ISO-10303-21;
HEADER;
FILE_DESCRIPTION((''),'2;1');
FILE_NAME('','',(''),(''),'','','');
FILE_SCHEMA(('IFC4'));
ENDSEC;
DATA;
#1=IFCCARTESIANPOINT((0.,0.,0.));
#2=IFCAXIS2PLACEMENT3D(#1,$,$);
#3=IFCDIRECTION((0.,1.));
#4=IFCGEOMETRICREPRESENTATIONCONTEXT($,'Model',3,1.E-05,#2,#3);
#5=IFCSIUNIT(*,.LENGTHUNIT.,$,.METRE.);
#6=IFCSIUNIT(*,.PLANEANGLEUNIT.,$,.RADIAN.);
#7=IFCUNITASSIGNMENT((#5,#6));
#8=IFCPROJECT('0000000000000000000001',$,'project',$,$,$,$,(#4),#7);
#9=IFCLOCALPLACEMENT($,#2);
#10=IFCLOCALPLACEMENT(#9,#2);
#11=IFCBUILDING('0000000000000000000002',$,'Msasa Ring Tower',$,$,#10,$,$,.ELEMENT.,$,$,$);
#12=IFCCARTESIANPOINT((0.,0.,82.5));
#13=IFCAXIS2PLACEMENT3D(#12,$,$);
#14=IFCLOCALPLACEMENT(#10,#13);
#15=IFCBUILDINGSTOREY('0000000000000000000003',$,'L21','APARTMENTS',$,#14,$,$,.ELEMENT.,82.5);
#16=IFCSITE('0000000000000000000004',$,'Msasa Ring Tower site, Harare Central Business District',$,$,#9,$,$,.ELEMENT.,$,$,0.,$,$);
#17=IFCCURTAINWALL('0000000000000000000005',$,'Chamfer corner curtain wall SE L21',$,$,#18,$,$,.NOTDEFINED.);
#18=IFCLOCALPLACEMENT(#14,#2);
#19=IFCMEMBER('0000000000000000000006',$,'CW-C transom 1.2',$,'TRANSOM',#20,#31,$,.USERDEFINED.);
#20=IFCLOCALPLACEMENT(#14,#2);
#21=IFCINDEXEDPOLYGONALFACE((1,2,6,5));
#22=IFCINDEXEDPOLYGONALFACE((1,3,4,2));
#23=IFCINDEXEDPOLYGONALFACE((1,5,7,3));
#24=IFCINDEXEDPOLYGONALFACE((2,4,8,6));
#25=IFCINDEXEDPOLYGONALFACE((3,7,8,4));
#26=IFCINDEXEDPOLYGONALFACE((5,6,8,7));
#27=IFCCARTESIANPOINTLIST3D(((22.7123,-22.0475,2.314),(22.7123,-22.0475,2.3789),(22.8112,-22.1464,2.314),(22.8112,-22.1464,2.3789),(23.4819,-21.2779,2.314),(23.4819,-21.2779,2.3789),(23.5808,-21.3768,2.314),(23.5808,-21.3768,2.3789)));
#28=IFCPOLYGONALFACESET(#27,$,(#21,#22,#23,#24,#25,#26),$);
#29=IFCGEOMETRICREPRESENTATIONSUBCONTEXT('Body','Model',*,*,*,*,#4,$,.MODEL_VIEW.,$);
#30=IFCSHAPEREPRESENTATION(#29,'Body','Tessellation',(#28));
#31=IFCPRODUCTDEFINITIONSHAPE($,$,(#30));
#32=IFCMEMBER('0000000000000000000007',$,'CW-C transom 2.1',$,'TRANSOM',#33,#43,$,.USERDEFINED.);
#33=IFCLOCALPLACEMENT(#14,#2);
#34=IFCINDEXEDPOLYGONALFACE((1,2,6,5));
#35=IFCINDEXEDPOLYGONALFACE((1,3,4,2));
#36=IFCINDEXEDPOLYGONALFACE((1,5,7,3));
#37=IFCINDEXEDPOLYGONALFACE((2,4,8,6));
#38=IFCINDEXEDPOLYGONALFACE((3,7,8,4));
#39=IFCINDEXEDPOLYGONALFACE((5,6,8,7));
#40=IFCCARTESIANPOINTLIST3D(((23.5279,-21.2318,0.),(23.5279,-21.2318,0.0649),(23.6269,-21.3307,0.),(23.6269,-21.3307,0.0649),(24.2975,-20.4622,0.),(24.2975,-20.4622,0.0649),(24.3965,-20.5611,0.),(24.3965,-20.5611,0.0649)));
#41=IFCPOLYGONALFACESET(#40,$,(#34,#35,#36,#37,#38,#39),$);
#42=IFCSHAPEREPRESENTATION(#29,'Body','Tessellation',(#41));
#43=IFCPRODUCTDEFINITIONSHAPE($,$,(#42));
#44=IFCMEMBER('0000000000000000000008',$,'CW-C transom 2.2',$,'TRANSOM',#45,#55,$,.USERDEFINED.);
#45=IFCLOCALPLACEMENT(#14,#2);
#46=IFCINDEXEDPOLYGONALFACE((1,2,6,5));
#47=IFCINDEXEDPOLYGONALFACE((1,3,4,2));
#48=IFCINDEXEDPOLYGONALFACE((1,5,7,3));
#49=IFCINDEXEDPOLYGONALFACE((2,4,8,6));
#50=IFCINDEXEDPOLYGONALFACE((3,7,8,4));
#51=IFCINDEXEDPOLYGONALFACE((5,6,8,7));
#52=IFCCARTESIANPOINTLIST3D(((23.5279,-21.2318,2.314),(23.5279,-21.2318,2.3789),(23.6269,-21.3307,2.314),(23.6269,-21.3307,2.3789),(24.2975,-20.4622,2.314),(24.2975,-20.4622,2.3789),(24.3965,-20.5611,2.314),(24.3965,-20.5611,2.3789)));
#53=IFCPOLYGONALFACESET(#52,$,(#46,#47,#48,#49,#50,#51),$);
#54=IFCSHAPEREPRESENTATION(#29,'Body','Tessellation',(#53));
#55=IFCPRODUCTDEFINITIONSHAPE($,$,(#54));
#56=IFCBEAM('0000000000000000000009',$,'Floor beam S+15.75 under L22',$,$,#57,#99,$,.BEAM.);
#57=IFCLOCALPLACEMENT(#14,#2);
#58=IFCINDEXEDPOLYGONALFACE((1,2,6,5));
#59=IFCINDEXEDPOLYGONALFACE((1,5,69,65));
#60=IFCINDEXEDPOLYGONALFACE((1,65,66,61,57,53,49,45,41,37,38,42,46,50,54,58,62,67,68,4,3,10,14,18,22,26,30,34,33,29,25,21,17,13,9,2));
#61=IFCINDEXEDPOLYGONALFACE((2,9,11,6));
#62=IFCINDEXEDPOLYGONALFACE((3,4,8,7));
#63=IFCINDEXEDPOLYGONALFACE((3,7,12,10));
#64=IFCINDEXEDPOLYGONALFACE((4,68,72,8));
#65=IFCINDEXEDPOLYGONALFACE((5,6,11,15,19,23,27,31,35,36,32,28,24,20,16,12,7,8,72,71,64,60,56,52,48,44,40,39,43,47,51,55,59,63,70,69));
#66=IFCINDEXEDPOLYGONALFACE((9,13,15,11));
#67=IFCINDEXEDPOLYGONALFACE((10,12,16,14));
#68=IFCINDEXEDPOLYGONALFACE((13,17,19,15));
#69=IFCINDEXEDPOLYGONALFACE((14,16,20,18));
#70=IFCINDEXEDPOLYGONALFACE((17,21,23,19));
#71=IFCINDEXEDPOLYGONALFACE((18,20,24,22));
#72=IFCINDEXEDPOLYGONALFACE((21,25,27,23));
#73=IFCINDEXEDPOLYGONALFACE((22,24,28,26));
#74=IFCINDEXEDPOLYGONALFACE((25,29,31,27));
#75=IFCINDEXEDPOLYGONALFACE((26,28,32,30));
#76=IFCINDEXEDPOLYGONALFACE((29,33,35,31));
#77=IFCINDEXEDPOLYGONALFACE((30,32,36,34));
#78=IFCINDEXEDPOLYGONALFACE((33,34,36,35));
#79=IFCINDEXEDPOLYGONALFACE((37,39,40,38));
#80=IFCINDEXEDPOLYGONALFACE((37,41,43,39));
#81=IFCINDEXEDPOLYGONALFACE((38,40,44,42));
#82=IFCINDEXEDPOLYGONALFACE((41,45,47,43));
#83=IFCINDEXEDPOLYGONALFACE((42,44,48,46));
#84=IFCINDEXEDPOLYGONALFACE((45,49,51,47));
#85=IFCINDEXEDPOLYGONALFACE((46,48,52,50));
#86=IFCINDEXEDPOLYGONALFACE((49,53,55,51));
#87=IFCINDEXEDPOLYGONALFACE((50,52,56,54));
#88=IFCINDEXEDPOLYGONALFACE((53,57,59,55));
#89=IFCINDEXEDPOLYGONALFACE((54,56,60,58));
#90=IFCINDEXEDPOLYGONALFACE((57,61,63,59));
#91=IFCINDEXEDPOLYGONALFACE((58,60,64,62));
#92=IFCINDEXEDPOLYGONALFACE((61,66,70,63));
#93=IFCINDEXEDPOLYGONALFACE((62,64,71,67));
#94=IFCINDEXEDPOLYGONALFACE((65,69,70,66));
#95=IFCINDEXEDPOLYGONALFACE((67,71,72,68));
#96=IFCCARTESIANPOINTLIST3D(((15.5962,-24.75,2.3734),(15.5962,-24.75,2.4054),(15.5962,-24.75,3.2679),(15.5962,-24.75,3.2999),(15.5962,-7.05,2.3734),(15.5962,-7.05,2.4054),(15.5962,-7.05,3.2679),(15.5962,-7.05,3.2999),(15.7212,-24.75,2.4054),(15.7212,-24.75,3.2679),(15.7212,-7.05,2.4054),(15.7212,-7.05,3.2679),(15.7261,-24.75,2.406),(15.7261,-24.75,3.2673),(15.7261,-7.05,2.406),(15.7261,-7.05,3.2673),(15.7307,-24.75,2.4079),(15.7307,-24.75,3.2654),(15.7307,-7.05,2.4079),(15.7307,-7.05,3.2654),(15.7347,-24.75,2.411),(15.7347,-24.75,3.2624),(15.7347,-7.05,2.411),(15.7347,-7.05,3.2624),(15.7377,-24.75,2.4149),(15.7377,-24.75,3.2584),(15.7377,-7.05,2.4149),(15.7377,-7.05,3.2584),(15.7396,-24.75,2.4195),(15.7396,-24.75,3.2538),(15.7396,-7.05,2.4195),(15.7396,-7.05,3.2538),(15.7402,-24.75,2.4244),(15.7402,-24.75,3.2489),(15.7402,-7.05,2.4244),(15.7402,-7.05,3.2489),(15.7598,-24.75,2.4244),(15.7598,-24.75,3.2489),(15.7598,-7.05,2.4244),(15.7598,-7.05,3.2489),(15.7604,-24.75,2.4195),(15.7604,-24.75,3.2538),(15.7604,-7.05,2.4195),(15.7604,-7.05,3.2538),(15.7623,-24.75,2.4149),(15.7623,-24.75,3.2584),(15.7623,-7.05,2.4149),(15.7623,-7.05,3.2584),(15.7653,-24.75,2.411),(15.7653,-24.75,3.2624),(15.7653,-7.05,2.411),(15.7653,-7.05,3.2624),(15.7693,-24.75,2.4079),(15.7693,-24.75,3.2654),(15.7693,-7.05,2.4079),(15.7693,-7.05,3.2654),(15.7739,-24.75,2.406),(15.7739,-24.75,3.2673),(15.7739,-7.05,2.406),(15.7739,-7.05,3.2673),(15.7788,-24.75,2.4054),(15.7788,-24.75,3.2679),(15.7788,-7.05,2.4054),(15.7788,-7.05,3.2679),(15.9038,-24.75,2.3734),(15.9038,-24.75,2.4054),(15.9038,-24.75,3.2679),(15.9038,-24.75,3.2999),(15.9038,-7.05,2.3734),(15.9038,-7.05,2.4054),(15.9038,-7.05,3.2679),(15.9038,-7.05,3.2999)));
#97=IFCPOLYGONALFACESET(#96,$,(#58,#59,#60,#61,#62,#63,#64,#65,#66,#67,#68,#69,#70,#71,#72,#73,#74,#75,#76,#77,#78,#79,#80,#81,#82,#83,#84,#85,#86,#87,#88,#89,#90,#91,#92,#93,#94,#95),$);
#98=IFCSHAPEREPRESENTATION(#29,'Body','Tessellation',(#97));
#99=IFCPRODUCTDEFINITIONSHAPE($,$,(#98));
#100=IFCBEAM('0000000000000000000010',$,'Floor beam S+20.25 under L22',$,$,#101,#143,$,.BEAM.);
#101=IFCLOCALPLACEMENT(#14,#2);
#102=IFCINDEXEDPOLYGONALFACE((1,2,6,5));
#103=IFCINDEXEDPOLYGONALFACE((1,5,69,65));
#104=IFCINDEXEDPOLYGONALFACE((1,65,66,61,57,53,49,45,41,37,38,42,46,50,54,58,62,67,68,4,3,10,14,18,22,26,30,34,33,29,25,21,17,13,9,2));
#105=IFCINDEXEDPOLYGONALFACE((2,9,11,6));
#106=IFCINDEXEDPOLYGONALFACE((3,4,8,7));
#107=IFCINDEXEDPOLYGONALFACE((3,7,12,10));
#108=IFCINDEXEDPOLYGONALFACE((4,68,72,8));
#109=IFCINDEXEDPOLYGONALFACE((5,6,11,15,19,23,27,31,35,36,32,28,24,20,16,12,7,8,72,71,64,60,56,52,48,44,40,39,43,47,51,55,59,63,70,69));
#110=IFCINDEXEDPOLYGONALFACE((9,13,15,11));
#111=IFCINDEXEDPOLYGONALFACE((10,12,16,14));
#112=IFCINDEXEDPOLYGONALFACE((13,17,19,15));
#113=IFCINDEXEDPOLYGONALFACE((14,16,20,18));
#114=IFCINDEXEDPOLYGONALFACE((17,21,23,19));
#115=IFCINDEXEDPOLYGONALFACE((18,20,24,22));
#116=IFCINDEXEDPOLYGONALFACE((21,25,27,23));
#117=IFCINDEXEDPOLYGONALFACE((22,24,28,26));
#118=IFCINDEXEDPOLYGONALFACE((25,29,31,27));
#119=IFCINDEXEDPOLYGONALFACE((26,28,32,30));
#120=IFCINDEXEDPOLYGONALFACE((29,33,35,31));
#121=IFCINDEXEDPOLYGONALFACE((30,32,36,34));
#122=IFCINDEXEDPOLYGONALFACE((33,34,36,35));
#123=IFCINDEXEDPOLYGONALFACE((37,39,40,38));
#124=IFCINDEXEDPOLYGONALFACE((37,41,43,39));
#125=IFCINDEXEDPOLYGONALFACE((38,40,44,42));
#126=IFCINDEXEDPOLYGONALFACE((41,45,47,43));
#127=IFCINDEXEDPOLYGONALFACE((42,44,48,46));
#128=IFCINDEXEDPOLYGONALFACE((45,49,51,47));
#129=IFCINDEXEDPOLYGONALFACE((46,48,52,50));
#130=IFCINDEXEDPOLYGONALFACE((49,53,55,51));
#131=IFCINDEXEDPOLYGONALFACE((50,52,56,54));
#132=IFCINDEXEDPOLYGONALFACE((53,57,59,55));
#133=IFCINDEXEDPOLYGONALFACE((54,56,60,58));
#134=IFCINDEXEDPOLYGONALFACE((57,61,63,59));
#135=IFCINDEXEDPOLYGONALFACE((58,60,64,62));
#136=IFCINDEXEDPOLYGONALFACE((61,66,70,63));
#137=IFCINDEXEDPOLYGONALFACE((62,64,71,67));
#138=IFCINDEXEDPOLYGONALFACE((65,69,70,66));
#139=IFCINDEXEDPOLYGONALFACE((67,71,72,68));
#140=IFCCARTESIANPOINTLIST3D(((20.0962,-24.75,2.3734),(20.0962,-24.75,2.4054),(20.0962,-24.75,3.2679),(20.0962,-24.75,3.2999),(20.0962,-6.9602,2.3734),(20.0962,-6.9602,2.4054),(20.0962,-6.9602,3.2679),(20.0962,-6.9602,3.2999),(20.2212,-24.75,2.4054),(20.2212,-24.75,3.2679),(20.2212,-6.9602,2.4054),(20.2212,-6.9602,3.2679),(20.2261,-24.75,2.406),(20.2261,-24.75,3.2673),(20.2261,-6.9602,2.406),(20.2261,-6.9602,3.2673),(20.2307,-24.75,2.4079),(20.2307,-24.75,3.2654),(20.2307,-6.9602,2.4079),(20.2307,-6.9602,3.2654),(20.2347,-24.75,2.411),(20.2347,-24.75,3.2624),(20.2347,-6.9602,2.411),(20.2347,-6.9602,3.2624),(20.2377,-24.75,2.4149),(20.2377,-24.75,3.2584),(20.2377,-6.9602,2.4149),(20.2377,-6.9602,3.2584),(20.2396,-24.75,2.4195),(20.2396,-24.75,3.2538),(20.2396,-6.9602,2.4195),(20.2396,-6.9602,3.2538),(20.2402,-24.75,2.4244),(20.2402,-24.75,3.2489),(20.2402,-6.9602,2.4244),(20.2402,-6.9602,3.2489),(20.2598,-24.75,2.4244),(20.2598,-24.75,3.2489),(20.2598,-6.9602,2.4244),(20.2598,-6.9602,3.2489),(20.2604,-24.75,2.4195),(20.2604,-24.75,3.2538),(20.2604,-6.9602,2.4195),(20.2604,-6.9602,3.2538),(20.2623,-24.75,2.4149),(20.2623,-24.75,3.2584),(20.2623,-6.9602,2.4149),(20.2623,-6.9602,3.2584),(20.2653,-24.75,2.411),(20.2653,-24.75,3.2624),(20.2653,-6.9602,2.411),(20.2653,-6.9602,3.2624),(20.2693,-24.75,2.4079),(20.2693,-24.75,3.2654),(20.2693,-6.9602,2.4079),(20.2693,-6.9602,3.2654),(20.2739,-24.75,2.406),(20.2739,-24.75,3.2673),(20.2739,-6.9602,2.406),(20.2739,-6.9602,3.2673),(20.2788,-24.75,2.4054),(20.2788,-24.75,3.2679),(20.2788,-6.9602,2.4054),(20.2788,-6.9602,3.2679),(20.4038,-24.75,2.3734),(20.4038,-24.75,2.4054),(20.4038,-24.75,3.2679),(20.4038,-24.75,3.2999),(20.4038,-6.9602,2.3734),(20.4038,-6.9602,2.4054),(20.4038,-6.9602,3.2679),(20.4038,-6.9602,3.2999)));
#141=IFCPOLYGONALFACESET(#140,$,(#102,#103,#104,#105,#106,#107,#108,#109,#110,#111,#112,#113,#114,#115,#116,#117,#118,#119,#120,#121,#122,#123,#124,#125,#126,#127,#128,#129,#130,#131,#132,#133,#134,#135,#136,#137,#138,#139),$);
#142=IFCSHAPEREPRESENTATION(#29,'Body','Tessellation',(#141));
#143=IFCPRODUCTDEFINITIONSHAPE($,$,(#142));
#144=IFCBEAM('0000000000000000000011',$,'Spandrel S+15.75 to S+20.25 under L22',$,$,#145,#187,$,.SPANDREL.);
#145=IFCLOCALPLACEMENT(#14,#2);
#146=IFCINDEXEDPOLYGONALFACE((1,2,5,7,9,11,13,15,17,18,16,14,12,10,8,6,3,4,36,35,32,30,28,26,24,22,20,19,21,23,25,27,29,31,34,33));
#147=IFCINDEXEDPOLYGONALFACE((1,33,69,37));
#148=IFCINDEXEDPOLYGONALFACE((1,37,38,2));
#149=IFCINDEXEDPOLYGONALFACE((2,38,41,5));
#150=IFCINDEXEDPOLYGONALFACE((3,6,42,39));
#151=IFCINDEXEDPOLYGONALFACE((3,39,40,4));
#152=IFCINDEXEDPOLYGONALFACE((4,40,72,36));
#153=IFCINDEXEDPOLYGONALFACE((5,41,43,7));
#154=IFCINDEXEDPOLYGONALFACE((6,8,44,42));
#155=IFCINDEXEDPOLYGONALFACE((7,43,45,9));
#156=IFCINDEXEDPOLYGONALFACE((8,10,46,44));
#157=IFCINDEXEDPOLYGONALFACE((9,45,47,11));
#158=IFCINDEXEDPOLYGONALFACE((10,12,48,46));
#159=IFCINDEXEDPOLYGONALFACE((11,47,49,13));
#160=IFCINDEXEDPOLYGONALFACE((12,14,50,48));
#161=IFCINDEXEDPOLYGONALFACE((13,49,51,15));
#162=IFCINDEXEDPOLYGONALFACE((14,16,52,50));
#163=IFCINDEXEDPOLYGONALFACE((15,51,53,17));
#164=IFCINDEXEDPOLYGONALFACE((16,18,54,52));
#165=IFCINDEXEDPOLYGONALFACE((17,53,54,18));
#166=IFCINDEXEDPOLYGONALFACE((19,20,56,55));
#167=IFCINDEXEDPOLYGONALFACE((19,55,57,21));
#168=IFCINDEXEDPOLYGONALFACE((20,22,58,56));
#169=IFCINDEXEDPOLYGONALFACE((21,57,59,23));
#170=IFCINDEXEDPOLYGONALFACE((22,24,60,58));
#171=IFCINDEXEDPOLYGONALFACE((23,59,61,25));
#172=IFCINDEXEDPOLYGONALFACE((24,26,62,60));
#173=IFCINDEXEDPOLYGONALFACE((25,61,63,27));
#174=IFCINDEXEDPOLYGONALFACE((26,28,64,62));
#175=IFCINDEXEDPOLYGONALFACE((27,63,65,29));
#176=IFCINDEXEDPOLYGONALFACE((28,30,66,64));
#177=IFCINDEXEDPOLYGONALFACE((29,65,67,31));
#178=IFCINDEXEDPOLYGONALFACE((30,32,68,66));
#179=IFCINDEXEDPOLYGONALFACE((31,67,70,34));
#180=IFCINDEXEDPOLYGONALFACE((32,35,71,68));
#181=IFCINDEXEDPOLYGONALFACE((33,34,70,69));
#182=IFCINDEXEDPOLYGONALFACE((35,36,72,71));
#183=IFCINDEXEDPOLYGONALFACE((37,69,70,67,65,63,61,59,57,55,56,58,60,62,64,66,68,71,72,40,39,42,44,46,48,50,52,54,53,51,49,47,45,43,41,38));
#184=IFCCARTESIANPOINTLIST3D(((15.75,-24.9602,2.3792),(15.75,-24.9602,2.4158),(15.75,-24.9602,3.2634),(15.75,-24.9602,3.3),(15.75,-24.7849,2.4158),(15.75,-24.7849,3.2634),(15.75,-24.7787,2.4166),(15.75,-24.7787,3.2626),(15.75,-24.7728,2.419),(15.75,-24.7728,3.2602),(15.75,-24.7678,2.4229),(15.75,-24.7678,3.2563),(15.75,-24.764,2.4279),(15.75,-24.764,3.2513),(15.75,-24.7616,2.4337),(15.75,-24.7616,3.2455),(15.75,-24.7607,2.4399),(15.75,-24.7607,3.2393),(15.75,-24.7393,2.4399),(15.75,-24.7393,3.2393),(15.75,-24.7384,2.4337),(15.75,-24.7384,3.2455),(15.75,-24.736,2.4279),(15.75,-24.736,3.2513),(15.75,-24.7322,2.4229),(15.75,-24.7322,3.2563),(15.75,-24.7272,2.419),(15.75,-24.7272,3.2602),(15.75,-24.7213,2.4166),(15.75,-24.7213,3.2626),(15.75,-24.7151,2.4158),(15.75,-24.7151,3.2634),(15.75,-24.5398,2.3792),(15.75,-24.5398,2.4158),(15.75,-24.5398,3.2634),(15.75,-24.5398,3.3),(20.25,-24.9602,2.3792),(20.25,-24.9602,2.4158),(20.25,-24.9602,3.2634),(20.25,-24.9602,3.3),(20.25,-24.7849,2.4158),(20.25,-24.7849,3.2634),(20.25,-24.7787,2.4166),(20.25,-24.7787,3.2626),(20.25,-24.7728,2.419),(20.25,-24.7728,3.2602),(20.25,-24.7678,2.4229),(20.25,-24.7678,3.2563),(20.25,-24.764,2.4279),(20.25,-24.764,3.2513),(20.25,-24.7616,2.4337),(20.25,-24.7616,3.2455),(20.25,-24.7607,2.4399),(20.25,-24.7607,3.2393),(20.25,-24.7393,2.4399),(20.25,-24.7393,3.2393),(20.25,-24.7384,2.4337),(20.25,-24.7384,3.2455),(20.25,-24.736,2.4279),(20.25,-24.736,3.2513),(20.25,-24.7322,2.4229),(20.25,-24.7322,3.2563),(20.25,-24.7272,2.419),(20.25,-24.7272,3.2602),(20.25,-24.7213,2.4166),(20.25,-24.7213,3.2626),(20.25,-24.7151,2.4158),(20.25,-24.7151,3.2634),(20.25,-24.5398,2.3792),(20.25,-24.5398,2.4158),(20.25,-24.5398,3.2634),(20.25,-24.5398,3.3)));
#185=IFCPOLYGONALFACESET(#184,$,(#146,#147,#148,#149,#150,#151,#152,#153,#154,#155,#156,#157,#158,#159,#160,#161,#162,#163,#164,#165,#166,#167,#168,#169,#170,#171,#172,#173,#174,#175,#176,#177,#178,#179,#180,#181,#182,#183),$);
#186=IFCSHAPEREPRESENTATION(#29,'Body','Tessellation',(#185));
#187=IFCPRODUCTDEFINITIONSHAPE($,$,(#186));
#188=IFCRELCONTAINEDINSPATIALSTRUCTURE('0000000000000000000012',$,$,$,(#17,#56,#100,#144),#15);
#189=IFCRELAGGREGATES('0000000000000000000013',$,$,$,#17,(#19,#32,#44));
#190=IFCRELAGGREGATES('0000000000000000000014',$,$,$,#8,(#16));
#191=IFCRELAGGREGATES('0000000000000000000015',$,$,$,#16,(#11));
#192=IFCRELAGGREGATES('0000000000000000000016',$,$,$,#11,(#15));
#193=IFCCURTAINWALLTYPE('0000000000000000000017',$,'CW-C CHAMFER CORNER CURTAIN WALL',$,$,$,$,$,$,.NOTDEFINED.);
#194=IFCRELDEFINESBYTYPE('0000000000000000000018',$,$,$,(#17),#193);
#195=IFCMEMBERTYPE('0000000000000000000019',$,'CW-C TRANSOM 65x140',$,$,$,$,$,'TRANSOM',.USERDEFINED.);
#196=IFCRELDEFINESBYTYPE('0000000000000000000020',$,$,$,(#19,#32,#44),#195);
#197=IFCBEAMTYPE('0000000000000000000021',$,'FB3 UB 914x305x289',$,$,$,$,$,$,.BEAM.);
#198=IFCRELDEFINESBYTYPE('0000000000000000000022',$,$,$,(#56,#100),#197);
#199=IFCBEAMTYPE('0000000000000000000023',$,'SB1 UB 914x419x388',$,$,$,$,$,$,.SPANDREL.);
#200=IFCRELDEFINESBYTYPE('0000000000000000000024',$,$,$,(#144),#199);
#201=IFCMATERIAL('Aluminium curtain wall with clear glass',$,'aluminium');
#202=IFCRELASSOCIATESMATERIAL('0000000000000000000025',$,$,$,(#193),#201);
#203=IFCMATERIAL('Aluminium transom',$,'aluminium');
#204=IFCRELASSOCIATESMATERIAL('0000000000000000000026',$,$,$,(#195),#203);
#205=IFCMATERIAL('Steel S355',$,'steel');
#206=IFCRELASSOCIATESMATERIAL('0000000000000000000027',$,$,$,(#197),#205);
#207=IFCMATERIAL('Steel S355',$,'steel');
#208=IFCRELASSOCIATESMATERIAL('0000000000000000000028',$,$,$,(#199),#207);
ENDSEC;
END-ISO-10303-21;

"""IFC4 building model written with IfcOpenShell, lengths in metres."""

from ifc_helpers import new_model, si_unit, direction, frame, origin, origin_2d, place, context, subcontext, project, spatial, rectangle, i_section, extrude, material, material_profile, profile_set, type_object, element, aggregate, save


model = new_model("IFC4")

# Units and contexts
model_context = context("Model", 3, precision=1e-05, world=origin(), true_north=direction((0.0, 1.0)))
body_context = subcontext(model_context, "Body", "Model", "MODEL_VIEW")
ifc_project = project(units=[si_unit("LENGTHUNIT", "METRE"), si_unit("PLANEANGLEUNIT", "RADIAN")], contexts=[model_context])

# Site, building, storey
site_placement = place(None, origin())
site = spatial("IfcSite", under=ifc_project, at=site_placement, Name="Msasa Ring Tower site, Harare Central Business District", CompositionType="ELEMENT", RefElevation=0.0)
building_placement = place(site_placement, origin())
building = spatial("IfcBuilding", under=site, at=building_placement, Name="Msasa Ring Tower", CompositionType="ELEMENT")
storey_placement = place(building_placement, frame((0.0, 0.0, 82.5)))
storey = spatial("IfcBuildingStorey", under=building, at=storey_placement, Name="L21", Description="APARTMENTS", CompositionType="ELEMENT", Elevation=82.5)

# Curtain wall
ifc_material_1 = material(Name="Aluminium curtain wall with clear glass", Category="aluminium")
curtain_wall_type = type_object("IfcCurtainWallType", Name="CW-C CHAMFER CORNER CURTAIN WALL", PredefinedType="NOTDEFINED", material=ifc_material_1)
curtain_wall_1_placement = place(storey_placement, origin())
curtain_wall_1 = element("IfcCurtainWall", 1, at=curtain_wall_1_placement, inside=storey, type_object=curtain_wall_type, Name="Chamfer corner curtain wall SE L21", PredefinedType="NOTDEFINED")

# Members
ifc_material_2 = material(Name="Aluminium transom", Category="aluminium")
ifc_material_profile_1 = material_profile(ifc_material_2, rectangle(XDim=0.1399, YDim=0.0649, at=origin_2d()), Name="AL 65x140")
ifc_profile_set_1 = profile_set([ifc_material_profile_1], Name="Aluminium transom")
member_type_1 = type_object("IfcMemberType", Name="CW-C TRANSOM 65x140", ElementType="TRANSOM", PredefinedType="USERDEFINED", material=ifc_profile_set_1)
member_1_placement = place(storey_placement, frame((22.7617, -22.0969, 2.3464), z_axis=(0.707107, 0.707107, 0.0), x_axis=(-0.707107, 0.707107, 0.0)))
member_1 = element("IfcMember", 2, at=member_1_placement, type_object=member_type_1, Name="CW-C transom 1.2", ObjectType="TRANSOM", PredefinedType="USERDEFINED", context=body_context, shape_type="SweptSolid", body=[
    extrude(rectangle(XDim=0.1399, YDim=0.0649, at=origin_2d()), origin(), (0.0, 0.0, 1.0), 1.0884),
])
member_2_placement = place(storey_placement, frame((23.5774, -21.2812, 0.0325), z_axis=(0.707107, 0.707107, 0.0), x_axis=(-0.707107, 0.707107, 0.0)))
member_2 = element("IfcMember", 3, at=member_2_placement, type_object=member_type_1, Name="CW-C transom 2.1", ObjectType="TRANSOM", PredefinedType="USERDEFINED", context=body_context, shape_type="SweptSolid", body=[
    extrude(rectangle(XDim=0.1399, YDim=0.0649, at=origin_2d()), origin(), (0.0, 0.0, 1.0), 1.0884),
])
member_3_placement = place(storey_placement, frame((23.5774, -21.2812, 2.3464), z_axis=(0.707107, 0.707107, 0.0), x_axis=(-0.707107, 0.707107, 0.0)))
member_3 = element("IfcMember", 4, at=member_3_placement, type_object=member_type_1, Name="CW-C transom 2.2", ObjectType="TRANSOM", PredefinedType="USERDEFINED", context=body_context, shape_type="SweptSolid", body=[
    extrude(rectangle(XDim=0.1399, YDim=0.0649, at=origin_2d()), origin(), (0.0, 0.0, 1.0), 1.0884),
])

# Beams
ifc_material_3 = material(Name="Steel S355", Category="steel")
ifc_material_profile_2 = material_profile(ifc_material_3, i_section(OverallWidth=0.3076, OverallDepth=0.9265, WebThickness=0.0195, FlangeThickness=0.032, FilletRadius=0.019, at=origin_2d()), Name="UB 914x305x289")
ifc_profile_set_2 = profile_set([ifc_material_profile_2], Name="Steel S355")
beam_type_1 = type_object("IfcBeamType", Name="FB3 UB 914x305x289", PredefinedType="BEAM", material=ifc_profile_set_2)
beam_1_placement = place(storey_placement, frame((15.75, -24.75, 2.8367), z_axis=(0.0, 1.0, 0.0), x_axis=(-1.0, 0.0, 0.0)))
element("IfcBeam", 5, at=beam_1_placement, inside=storey, type_object=beam_type_1, Name="Floor beam S+15.75 under L22", PredefinedType="BEAM", context=body_context, shape_type="SweptSolid", body=[
    extrude(i_section(OverallWidth=0.3076, OverallDepth=0.9265, WebThickness=0.0195, FlangeThickness=0.032, FilletRadius=0.019, at=origin_2d()), origin(), (0.0, 0.0, 1.0), 17.7),
])
beam_2_placement = place(storey_placement, frame((20.25, -24.75, 2.8367), z_axis=(0.0, 1.0, 0.0), x_axis=(-1.0, 0.0, 0.0)))
element("IfcBeam", 6, at=beam_2_placement, inside=storey, type_object=beam_type_1, Name="Floor beam S+20.25 under L22", PredefinedType="BEAM", context=body_context, shape_type="SweptSolid", body=[
    extrude(i_section(OverallWidth=0.3076, OverallDepth=0.9265, WebThickness=0.0195, FlangeThickness=0.032, FilletRadius=0.019, at=origin_2d()), origin(), (0.0, 0.0, 1.0), 17.7898),
])
ifc_material_4 = material(Name="Steel S355", Category="steel")
ifc_material_profile_3 = material_profile(ifc_material_4, i_section(OverallWidth=0.4204, OverallDepth=0.9209, WebThickness=0.0215, FlangeThickness=0.0366, FilletRadius=0.0242, at=origin_2d()), Name="UB 914x419x388")
ifc_profile_set_3 = profile_set([ifc_material_profile_3], Name="Steel S355")
beam_type_2 = type_object("IfcBeamType", Name="SB1 UB 914x419x388", PredefinedType="SPANDREL", material=ifc_profile_set_3)
beam_3_placement = place(storey_placement, frame((15.75, -24.75, 2.8396), z_axis=(1.0, 0.0, 0.0), x_axis=(0.0, 1.0, 0.0)))
element("IfcBeam", 7, at=beam_3_placement, inside=storey, type_object=beam_type_2, Name="Spandrel S+15.75 to S+20.25 under L22", PredefinedType="SPANDREL", context=body_context, shape_type="SweptSolid", body=[
    extrude(i_section(OverallWidth=0.4204, OverallDepth=0.9209, WebThickness=0.0215, FlangeThickness=0.0366, FilletRadius=0.0242, at=origin_2d()), origin(), (0.0, 0.0, 1.0), 4.5),
])

aggregate(curtain_wall_1, [member_1, member_2, member_3])

save(model, "model.ifc")
